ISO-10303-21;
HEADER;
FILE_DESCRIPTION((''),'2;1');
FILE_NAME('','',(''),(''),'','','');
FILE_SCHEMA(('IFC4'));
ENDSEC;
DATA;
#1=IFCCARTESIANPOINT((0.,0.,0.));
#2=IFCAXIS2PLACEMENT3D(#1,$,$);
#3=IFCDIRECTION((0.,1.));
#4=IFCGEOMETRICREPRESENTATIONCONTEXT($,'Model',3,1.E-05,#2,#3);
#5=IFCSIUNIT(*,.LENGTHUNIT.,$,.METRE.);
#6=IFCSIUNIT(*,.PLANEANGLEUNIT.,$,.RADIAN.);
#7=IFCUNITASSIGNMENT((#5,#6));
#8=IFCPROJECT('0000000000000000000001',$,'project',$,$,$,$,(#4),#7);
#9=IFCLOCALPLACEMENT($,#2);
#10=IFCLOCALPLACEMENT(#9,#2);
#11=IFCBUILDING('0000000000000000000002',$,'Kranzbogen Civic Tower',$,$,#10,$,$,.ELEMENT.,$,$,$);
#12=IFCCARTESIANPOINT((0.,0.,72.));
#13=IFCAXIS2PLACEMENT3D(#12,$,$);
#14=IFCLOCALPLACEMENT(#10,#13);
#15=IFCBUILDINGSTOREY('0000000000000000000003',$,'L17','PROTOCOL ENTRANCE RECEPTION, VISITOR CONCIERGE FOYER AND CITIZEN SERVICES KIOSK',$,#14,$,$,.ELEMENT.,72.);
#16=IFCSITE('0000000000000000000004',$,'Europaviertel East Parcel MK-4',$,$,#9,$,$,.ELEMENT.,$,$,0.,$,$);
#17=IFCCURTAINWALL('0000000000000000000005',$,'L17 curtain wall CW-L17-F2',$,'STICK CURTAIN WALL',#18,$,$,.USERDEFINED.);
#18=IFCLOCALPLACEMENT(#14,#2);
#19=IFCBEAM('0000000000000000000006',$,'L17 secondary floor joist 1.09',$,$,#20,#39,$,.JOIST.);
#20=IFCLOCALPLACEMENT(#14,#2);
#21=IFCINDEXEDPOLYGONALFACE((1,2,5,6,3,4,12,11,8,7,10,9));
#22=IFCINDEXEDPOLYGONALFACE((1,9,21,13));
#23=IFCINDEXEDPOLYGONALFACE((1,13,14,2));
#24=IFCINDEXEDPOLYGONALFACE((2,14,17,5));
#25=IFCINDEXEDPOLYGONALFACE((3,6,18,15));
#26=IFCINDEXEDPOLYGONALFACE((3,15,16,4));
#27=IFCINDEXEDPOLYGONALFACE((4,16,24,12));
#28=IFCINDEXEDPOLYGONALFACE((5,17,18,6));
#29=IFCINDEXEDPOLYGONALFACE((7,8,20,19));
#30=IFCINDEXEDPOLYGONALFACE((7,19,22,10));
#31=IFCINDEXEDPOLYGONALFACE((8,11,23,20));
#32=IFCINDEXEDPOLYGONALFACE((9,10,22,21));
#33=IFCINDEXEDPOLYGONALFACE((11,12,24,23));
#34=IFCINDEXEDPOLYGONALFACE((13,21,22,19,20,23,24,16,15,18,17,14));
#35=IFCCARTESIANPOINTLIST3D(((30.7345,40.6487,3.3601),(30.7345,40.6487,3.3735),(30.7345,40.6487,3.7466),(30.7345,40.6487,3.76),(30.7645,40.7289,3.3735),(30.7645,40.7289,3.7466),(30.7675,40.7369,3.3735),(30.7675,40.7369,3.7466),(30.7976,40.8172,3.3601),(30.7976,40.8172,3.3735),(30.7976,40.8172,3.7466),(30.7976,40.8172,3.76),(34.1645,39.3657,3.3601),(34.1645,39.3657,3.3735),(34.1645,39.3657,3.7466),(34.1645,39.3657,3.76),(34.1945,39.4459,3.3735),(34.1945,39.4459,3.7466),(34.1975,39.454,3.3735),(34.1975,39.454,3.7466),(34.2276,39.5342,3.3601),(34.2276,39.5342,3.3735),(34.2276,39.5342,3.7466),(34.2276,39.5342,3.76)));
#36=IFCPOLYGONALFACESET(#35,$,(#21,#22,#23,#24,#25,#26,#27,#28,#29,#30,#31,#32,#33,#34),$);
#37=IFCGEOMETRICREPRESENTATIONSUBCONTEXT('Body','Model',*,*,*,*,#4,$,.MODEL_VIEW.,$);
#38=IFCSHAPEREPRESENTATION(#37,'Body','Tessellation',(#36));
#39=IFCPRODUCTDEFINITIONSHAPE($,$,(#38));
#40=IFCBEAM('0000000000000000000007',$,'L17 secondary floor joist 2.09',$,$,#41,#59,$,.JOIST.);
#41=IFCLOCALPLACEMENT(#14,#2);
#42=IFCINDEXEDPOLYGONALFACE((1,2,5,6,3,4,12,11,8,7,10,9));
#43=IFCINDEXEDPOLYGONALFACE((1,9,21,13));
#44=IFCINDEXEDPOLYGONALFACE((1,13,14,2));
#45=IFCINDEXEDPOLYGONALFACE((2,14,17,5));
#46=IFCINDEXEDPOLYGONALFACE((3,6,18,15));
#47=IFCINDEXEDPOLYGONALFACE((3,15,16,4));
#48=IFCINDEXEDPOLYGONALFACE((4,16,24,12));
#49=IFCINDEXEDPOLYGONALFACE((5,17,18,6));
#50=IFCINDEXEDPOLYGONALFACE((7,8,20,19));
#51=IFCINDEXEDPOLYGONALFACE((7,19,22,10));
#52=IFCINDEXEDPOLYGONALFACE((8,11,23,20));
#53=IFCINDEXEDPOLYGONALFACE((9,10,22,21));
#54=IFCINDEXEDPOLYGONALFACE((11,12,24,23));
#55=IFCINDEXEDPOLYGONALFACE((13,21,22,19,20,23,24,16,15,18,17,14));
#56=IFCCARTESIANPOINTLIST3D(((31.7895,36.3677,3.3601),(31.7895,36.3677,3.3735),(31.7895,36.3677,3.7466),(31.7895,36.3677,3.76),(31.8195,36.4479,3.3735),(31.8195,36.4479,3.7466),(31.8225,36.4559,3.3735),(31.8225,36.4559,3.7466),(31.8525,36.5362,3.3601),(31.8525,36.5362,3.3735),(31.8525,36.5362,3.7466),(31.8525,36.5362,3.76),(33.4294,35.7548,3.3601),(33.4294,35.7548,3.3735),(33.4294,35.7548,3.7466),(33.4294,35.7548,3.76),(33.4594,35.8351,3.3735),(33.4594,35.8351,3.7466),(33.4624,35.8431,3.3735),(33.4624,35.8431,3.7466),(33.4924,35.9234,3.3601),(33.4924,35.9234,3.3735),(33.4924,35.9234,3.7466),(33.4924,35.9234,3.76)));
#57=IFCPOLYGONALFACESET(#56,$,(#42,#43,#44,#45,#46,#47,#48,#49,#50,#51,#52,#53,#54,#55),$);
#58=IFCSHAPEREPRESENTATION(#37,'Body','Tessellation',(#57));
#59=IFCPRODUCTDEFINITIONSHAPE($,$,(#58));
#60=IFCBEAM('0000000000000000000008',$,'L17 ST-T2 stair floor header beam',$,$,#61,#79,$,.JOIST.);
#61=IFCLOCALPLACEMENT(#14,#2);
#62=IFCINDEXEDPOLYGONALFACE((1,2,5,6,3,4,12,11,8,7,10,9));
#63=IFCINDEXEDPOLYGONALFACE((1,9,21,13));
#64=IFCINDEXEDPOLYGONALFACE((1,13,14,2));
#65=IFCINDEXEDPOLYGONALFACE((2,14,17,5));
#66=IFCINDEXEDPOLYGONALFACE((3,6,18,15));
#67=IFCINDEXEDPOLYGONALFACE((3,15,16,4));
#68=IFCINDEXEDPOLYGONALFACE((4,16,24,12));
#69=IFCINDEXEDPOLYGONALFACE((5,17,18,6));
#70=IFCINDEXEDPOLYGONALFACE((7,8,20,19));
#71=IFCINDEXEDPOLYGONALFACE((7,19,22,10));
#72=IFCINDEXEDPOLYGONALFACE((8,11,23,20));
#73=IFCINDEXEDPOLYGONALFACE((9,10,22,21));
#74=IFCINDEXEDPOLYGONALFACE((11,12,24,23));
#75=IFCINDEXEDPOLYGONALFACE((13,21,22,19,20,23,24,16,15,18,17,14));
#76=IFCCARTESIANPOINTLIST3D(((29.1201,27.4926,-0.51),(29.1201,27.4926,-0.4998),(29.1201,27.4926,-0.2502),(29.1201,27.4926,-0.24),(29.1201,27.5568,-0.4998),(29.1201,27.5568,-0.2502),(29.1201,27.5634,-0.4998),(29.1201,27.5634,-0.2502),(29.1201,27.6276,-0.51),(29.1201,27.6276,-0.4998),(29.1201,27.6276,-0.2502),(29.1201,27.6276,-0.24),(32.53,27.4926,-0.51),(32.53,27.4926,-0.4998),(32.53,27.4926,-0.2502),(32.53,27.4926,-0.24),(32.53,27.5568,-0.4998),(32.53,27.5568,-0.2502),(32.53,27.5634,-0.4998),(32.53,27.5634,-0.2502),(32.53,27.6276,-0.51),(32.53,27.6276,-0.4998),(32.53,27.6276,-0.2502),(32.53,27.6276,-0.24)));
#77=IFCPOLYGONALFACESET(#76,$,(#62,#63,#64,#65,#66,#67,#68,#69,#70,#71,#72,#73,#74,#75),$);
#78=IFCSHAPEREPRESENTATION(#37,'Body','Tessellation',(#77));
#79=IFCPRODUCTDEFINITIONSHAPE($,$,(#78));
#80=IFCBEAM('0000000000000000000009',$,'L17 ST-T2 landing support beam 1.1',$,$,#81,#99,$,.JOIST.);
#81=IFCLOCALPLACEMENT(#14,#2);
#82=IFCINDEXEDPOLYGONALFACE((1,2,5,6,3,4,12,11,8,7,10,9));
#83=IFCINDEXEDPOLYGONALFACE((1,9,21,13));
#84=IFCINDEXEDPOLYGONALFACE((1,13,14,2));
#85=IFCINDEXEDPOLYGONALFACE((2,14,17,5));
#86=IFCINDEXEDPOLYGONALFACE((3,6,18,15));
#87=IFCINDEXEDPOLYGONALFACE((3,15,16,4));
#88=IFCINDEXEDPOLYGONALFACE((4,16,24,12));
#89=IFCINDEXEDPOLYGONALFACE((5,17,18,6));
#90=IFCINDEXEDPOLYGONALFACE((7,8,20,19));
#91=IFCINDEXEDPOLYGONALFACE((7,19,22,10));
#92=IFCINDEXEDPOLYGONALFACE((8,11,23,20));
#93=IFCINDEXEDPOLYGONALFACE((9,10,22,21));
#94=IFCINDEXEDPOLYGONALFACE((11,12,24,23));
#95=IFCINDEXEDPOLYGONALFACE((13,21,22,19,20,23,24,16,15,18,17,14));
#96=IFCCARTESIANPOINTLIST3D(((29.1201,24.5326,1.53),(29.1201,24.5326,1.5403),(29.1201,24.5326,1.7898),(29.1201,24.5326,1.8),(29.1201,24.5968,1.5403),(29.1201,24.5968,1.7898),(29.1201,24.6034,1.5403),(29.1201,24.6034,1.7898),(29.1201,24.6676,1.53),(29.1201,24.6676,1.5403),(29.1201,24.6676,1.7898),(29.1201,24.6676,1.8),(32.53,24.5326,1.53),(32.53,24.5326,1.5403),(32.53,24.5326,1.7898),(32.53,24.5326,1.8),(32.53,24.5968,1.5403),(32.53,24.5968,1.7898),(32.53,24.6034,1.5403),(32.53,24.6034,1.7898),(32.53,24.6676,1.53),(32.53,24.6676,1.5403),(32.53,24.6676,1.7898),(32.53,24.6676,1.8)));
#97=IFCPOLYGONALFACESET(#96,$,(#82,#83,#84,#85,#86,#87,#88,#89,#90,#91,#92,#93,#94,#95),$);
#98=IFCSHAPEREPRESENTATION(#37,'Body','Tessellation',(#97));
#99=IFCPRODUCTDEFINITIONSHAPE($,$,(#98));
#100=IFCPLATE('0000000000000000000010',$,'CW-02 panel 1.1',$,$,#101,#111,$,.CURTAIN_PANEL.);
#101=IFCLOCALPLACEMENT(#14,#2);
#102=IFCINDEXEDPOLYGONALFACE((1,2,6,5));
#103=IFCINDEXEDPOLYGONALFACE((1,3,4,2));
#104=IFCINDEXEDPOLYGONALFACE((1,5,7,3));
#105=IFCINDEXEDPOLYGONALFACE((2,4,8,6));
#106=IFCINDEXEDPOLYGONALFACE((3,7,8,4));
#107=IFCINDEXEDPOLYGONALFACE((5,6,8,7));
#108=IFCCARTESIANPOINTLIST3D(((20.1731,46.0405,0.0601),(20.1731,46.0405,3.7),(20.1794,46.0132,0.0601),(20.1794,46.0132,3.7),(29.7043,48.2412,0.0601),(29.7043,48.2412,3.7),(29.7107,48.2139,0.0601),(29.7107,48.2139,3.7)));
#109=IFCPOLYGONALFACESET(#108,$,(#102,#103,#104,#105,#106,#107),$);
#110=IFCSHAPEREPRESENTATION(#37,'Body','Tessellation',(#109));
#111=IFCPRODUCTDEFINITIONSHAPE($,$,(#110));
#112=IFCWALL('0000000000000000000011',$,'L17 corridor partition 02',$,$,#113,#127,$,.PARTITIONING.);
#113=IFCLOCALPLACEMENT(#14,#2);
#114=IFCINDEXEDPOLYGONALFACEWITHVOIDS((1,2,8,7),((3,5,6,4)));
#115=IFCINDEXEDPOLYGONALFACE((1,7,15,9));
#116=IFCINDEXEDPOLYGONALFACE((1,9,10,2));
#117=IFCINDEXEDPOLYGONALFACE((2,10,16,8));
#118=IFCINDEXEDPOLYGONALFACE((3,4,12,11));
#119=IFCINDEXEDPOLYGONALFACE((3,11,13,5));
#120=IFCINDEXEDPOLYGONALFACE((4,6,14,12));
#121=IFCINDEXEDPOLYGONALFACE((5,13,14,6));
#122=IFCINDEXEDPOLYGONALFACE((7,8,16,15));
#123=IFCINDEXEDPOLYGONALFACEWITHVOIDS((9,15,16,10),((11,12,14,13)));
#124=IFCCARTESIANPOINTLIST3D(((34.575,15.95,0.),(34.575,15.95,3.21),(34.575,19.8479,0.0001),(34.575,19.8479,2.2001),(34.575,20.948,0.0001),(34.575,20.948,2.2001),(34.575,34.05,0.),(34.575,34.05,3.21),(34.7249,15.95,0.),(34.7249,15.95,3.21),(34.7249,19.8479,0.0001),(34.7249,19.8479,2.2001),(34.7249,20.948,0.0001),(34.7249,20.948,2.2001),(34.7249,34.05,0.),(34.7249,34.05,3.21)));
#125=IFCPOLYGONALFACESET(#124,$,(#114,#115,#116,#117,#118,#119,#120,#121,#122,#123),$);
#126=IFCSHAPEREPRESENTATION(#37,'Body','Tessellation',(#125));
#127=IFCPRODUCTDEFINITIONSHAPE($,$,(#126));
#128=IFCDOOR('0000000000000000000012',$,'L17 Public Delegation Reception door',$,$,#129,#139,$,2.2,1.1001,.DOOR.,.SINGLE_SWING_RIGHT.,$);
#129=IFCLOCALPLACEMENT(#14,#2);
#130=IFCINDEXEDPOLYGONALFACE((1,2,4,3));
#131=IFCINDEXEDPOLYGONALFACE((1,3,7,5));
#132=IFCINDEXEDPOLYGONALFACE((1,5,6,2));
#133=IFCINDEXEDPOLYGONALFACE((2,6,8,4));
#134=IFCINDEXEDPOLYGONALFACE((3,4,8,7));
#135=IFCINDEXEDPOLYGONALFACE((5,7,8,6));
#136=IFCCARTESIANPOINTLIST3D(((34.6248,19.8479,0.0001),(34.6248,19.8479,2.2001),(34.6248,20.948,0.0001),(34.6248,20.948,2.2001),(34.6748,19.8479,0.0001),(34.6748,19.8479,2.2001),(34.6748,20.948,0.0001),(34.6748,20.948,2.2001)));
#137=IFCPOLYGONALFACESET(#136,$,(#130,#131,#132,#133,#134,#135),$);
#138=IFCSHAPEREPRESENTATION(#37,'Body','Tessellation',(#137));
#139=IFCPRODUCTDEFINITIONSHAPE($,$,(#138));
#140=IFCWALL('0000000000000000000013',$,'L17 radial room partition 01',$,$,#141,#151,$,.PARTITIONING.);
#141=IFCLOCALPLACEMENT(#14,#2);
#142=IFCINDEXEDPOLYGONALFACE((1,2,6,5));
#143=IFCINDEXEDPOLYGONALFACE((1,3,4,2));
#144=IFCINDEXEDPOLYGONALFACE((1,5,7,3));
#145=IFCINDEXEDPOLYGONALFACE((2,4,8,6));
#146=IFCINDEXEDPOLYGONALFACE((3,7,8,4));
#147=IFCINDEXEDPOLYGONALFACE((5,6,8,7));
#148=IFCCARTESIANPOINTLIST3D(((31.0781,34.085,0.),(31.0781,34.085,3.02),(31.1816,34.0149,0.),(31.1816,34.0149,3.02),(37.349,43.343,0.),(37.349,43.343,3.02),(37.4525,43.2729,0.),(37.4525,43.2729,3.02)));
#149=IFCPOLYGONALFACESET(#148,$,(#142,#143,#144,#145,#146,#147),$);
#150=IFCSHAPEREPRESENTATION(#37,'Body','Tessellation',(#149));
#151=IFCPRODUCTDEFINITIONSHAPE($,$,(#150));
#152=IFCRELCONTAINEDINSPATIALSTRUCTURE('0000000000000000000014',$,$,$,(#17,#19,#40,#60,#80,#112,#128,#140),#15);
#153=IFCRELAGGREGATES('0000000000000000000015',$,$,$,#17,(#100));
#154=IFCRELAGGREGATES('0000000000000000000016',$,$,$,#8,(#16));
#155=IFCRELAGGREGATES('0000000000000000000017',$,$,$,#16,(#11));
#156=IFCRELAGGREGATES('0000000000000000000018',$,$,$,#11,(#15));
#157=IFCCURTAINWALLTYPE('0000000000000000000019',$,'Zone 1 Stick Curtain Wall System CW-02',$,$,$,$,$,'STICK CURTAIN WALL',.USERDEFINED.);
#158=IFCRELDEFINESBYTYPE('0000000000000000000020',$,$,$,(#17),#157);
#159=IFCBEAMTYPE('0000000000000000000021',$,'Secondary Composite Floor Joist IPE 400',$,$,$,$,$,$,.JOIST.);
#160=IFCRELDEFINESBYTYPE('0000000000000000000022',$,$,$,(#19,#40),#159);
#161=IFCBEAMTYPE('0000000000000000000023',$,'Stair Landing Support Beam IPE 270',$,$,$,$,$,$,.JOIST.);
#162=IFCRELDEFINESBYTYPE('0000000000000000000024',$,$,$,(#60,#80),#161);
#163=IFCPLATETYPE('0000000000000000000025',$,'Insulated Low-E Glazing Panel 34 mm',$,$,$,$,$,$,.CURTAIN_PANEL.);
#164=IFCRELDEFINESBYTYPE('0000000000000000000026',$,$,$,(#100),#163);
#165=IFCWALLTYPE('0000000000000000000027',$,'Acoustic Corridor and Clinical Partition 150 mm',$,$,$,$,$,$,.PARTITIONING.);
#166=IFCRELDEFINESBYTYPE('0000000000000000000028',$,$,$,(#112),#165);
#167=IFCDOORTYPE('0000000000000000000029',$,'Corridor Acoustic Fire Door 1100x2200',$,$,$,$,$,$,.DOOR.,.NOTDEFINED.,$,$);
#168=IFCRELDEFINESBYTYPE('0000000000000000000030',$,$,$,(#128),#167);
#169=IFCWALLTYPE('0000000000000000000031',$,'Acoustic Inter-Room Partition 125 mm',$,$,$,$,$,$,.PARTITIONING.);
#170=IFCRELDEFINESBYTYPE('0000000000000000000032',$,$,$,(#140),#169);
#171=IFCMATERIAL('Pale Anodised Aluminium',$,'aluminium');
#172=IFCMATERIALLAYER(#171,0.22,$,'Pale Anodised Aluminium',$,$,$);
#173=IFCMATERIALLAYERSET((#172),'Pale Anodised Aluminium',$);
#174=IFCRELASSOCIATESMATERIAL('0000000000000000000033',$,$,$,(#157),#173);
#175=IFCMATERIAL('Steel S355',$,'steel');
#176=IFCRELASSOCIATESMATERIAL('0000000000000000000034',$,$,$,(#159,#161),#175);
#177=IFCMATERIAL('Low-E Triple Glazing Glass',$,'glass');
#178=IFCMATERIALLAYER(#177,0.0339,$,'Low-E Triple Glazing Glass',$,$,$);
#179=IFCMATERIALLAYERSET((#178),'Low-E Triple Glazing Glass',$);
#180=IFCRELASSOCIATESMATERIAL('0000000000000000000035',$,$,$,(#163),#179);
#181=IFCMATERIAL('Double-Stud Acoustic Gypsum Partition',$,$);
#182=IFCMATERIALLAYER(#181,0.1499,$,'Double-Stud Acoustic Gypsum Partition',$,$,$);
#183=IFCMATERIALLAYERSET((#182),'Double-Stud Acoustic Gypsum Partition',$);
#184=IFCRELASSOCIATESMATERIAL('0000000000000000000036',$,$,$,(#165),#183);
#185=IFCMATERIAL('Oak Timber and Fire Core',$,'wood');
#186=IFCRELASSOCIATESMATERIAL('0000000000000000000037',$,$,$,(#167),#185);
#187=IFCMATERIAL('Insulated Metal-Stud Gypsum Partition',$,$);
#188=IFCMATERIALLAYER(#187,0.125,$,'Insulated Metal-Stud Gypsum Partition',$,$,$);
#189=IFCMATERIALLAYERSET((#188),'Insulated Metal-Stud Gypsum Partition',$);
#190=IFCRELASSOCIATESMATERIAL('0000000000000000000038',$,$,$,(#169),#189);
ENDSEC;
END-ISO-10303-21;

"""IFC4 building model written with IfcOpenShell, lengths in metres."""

from ifc_helpers import new_model, si_unit, direction, frame, frame_2d, origin, origin_2d, place, context, subcontext, project, spatial, rectangle, i_section, extrude, material, layer, layer_set, material_profile, profile_set, type_object, element, fill, aggregate, save


model = new_model("IFC4")

# Units and contexts
model_context = context("Model", 3, precision=1e-05, world=origin(), true_north=direction((0.0, 1.0)))
body_context = subcontext(model_context, "Body", "Model", "MODEL_VIEW")
ifc_project = project(units=[si_unit("LENGTHUNIT", "METRE"), si_unit("PLANEANGLEUNIT", "RADIAN")], contexts=[model_context])

# Site, building, storey
site_placement = place(None, origin())
site = spatial("IfcSite", under=ifc_project, at=site_placement, Name="Europaviertel East Parcel MK-4", CompositionType="ELEMENT", RefElevation=0.0)
building_placement = place(site_placement, origin())
building = spatial("IfcBuilding", under=site, at=building_placement, Name="Kranzbogen Civic Tower", CompositionType="ELEMENT")
storey_placement = place(building_placement, frame((0.0, 0.0, 72.0)))
storey = spatial("IfcBuildingStorey", under=building, at=storey_placement, Name="L17", Description="PROTOCOL ENTRANCE RECEPTION, VISITOR CONCIERGE FOYER AND CITIZEN SERVICES KIOSK", CompositionType="ELEMENT", Elevation=72.0)

# Shared definitions
ifc_material_1 = material(Name="Steel S355", Category="steel")

# Shared definitions
ifc_material_2 = material(Name="Pale Anodised Aluminium", Category="aluminium")
ifc_layer_1 = layer(ifc_material_2, 0.22, Name="Pale Anodised Aluminium")
ifc_layer_set_1 = layer_set([ifc_layer_1], Name="Pale Anodised Aluminium")
curtain_wall_type = type_object("IfcCurtainWallType", Name="Zone 1 Stick Curtain Wall System CW-02", ElementType="STICK CURTAIN WALL", PredefinedType="USERDEFINED", material=ifc_layer_set_1)

# Curtain wall
curtain_wall_1_placement = place(storey_placement, origin())
curtain_wall_1 = element("IfcCurtainWall", 1, at=curtain_wall_1_placement, inside=storey, type_object=curtain_wall_type, Name="L17 curtain wall CW-L17-F2", ObjectType="STICK CURTAIN WALL", PredefinedType="USERDEFINED")

# Beams
ifc_material_profile_1 = material_profile(ifc_material_1, i_section(OverallWidth=0.1799, OverallDepth=0.3999, WebThickness=0.0085, FlangeThickness=0.0134, at=origin_2d()), Name="IPE 400")
ifc_profile_set_1 = profile_set([ifc_material_profile_1], Name="Steel S355")
beam_type_1 = type_object("IfcBeamType", Name="Secondary Composite Floor Joist IPE 400", PredefinedType="JOIST", material=ifc_profile_set_1)
beam_1_placement = place(storey_placement, frame((34.196, 39.45, 3.5601), z_axis=(-0.936622, 0.350342, 0.0), x_axis=(-0.350342, -0.936622, 0.0)))
element("IfcBeam", 2, at=beam_1_placement, inside=storey, type_object=beam_type_1, Name="L17 secondary floor joist 1.09", PredefinedType="JOIST", context=body_context, shape_type="SweptSolid", body=[
    extrude(i_section(OverallWidth=0.1799, OverallDepth=0.3999, WebThickness=0.0085, FlangeThickness=0.0134, at=origin_2d()), origin(), (0.0, 0.0, 1.0), 3.6621),
])
beam_2_placement = place(storey_placement, frame((33.4609, 35.8391, 3.5601), z_axis=(-0.936735, 0.350038, 0.0), x_axis=(-0.350038, -0.936735, 0.0)))
element("IfcBeam", 3, at=beam_2_placement, inside=storey, type_object=beam_type_1, Name="L17 secondary floor joist 2.09", PredefinedType="JOIST", context=body_context, shape_type="SweptSolid", body=[
    extrude(i_section(OverallWidth=0.1799, OverallDepth=0.3999, WebThickness=0.0085, FlangeThickness=0.0134, at=origin_2d()), origin(), (0.0, 0.0, 1.0), 1.7507),
])
ifc_material_profile_2 = material_profile(ifc_material_1, i_section(OverallWidth=0.135, OverallDepth=0.27, WebThickness=0.0066, FlangeThickness=0.0103, at=origin_2d()), Name="IPE 270")
ifc_profile_set_2 = profile_set([ifc_material_profile_2], Name="Steel S355")
beam_type_2 = type_object("IfcBeamType", Name="Stair Landing Support Beam IPE 270", PredefinedType="JOIST", material=ifc_profile_set_2)
for number, where, z_axis, x_axis, name in (
    (4, (29.1201, 27.5601, -0.375), (1.0, 0.0, 0.0), (0.0, 1.0, 0.0), "L17 ST-T2 stair floor header beam"),
    (5, (29.1201, 24.6001, 1.665), (1.0, 0.0, 0.0), (0.0, 1.0, 0.0), "L17 ST-T2 landing support beam 1.1"),
):
    element("IfcBeam", number, at=place(storey_placement, frame(where, z_axis=z_axis, x_axis=x_axis)), inside=storey, type_object=beam_type_2, Name=name, PredefinedType="JOIST", context=body_context, shape_type="SweptSolid", body=[
        extrude(i_section(OverallWidth=0.135, OverallDepth=0.27, WebThickness=0.0066, FlangeThickness=0.0103, at=origin_2d()), origin(), (0.0, 0.0, 1.0), 3.4099),
    ])

# Plate
ifc_material_3 = material(Name="Low-E Triple Glazing Glass", Category="glass")
ifc_layer_2 = layer(ifc_material_3, 0.0339, Name="Low-E Triple Glazing Glass")
ifc_layer_set_2 = layer_set([ifc_layer_2], Name="Low-E Triple Glazing Glass")
plate_type = type_object("IfcPlateType", Name="Insulated Low-E Glazing Panel 34 mm", PredefinedType="CURTAIN_PANEL", material=ifc_layer_set_2)
plate_placement = place(storey_placement, frame((24.9419, 47.1272, 0.0601), z_axis=(0.0, 0.0, 1.0), x_axis=(-0.974364, -0.224978, 0.0)))
plate = element("IfcPlate", 6, at=plate_placement, type_object=plate_type, Name="CW-02 panel 1.1", PredefinedType="CURTAIN_PANEL", context=body_context, shape_type="SweptSolid", body=[
    extrude(rectangle(XDim=9.782, YDim=0.0281, at=origin_2d()), origin(), (0.0, 0.0, 1.0), 3.6399),
])
aggregate(curtain_wall_1, [plate])

# Wall, opening, door
ifc_material_4 = material(Name="Double-Stud Acoustic Gypsum Partition")
ifc_layer_3 = layer(ifc_material_4, 0.1499, Name="Double-Stud Acoustic Gypsum Partition")
ifc_layer_set_3 = layer_set([ifc_layer_3], Name="Double-Stud Acoustic Gypsum Partition")
wall_type_1 = type_object("IfcWallType", Name="Acoustic Corridor and Clinical Partition 150 mm", PredefinedType="PARTITIONING", material=ifc_layer_set_3)
wall_1_placement = place(storey_placement, frame((34.6499, 34.05, 0.0), z_axis=(0.0, 0.0, 1.0), x_axis=(0.0, -1.0, 0.0)))
wall_1 = element("IfcWall", 7, at=wall_1_placement, inside=storey, type_object=wall_type_1, Name="L17 corridor partition 02", PredefinedType="PARTITIONING", context=body_context, shape_type="SweptSolid", body=[
    extrude(rectangle(XDim=18.1001, YDim=0.1499, at=frame_2d((9.05, 0.0))), origin(), (0.0, 0.0, 1.0), 3.21),
])
opening_1_placement = place(wall_1_placement, frame((13.1021, 0.0, 0.0)))
opening_1 = element("IfcOpeningElement", 8, at=opening_1_placement, cuts=wall_1, PredefinedType="OPENING", context=body_context, shape_type="SweptSolid", body=[
    extrude(rectangle(XDim=1.1001, YDim=2.2, at=frame_2d((0.55, 1.1001))), frame((0.0, 0.085, 0.0), z_axis=(0.0, -1.0, 0.0), x_axis=(1.0, 0.0, 0.0)), (0.0, 0.0, 1.0), 0.1699),
])
ifc_material_5 = material(Name="Oak Timber and Fire Core", Category="wood")
door_type_1 = type_object("IfcDoorType", Name="Corridor Acoustic Fire Door 1100x2200", OperationType="NOTDEFINED", PredefinedType="DOOR", material=ifc_material_5)
door_1_placement = place(opening_1_placement, origin())
door_1 = element("IfcDoor", 9, at=door_1_placement, inside=storey, type_object=door_type_1, Name="L17 Public Delegation Reception door", OperationType="SINGLE_SWING_RIGHT", OverallHeight=2.2, OverallWidth=1.1001, PredefinedType="DOOR", context=body_context, shape_type="SweptSolid", body=[
    extrude(rectangle(XDim=1.1001, YDim=2.2, at=frame_2d((0.55, 1.1001))), frame((0.0, 0.0249, 0.0), z_axis=(0.0, -1.0, 0.0), x_axis=(1.0, 0.0, 0.0)), (0.0, 0.0, 1.0), 0.05),
])
fill(opening_1, door_1)

# Wall
ifc_material_6 = material(Name="Insulated Metal-Stud Gypsum Partition")
ifc_layer_4 = layer(ifc_material_6, 0.125, Name="Insulated Metal-Stud Gypsum Partition")
ifc_layer_set_4 = layer_set([ifc_layer_4], Name="Insulated Metal-Stud Gypsum Partition")
wall_type_2 = type_object("IfcWallType", Name="Acoustic Inter-Room Partition 125 mm", PredefinedType="PARTITIONING", material=ifc_layer_set_4)
wall_2_placement = place(storey_placement, frame((31.1299, 34.05, 0.0), z_axis=(0.0, 0.0, 1.0), x_axis=(0.560812, 0.827943, 0.0)))
element("IfcWall", 10, at=wall_2_placement, inside=storey, type_object=wall_type_2, Name="L17 radial room partition 01", PredefinedType="PARTITIONING", context=body_context, shape_type="SweptSolid", body=[
    extrude(rectangle(XDim=11.1819, YDim=0.125, at=frame_2d((5.5908, 0.0))), origin(), (0.0, 0.0, 1.0), 3.02),
])

save(model, "model.ifc")
